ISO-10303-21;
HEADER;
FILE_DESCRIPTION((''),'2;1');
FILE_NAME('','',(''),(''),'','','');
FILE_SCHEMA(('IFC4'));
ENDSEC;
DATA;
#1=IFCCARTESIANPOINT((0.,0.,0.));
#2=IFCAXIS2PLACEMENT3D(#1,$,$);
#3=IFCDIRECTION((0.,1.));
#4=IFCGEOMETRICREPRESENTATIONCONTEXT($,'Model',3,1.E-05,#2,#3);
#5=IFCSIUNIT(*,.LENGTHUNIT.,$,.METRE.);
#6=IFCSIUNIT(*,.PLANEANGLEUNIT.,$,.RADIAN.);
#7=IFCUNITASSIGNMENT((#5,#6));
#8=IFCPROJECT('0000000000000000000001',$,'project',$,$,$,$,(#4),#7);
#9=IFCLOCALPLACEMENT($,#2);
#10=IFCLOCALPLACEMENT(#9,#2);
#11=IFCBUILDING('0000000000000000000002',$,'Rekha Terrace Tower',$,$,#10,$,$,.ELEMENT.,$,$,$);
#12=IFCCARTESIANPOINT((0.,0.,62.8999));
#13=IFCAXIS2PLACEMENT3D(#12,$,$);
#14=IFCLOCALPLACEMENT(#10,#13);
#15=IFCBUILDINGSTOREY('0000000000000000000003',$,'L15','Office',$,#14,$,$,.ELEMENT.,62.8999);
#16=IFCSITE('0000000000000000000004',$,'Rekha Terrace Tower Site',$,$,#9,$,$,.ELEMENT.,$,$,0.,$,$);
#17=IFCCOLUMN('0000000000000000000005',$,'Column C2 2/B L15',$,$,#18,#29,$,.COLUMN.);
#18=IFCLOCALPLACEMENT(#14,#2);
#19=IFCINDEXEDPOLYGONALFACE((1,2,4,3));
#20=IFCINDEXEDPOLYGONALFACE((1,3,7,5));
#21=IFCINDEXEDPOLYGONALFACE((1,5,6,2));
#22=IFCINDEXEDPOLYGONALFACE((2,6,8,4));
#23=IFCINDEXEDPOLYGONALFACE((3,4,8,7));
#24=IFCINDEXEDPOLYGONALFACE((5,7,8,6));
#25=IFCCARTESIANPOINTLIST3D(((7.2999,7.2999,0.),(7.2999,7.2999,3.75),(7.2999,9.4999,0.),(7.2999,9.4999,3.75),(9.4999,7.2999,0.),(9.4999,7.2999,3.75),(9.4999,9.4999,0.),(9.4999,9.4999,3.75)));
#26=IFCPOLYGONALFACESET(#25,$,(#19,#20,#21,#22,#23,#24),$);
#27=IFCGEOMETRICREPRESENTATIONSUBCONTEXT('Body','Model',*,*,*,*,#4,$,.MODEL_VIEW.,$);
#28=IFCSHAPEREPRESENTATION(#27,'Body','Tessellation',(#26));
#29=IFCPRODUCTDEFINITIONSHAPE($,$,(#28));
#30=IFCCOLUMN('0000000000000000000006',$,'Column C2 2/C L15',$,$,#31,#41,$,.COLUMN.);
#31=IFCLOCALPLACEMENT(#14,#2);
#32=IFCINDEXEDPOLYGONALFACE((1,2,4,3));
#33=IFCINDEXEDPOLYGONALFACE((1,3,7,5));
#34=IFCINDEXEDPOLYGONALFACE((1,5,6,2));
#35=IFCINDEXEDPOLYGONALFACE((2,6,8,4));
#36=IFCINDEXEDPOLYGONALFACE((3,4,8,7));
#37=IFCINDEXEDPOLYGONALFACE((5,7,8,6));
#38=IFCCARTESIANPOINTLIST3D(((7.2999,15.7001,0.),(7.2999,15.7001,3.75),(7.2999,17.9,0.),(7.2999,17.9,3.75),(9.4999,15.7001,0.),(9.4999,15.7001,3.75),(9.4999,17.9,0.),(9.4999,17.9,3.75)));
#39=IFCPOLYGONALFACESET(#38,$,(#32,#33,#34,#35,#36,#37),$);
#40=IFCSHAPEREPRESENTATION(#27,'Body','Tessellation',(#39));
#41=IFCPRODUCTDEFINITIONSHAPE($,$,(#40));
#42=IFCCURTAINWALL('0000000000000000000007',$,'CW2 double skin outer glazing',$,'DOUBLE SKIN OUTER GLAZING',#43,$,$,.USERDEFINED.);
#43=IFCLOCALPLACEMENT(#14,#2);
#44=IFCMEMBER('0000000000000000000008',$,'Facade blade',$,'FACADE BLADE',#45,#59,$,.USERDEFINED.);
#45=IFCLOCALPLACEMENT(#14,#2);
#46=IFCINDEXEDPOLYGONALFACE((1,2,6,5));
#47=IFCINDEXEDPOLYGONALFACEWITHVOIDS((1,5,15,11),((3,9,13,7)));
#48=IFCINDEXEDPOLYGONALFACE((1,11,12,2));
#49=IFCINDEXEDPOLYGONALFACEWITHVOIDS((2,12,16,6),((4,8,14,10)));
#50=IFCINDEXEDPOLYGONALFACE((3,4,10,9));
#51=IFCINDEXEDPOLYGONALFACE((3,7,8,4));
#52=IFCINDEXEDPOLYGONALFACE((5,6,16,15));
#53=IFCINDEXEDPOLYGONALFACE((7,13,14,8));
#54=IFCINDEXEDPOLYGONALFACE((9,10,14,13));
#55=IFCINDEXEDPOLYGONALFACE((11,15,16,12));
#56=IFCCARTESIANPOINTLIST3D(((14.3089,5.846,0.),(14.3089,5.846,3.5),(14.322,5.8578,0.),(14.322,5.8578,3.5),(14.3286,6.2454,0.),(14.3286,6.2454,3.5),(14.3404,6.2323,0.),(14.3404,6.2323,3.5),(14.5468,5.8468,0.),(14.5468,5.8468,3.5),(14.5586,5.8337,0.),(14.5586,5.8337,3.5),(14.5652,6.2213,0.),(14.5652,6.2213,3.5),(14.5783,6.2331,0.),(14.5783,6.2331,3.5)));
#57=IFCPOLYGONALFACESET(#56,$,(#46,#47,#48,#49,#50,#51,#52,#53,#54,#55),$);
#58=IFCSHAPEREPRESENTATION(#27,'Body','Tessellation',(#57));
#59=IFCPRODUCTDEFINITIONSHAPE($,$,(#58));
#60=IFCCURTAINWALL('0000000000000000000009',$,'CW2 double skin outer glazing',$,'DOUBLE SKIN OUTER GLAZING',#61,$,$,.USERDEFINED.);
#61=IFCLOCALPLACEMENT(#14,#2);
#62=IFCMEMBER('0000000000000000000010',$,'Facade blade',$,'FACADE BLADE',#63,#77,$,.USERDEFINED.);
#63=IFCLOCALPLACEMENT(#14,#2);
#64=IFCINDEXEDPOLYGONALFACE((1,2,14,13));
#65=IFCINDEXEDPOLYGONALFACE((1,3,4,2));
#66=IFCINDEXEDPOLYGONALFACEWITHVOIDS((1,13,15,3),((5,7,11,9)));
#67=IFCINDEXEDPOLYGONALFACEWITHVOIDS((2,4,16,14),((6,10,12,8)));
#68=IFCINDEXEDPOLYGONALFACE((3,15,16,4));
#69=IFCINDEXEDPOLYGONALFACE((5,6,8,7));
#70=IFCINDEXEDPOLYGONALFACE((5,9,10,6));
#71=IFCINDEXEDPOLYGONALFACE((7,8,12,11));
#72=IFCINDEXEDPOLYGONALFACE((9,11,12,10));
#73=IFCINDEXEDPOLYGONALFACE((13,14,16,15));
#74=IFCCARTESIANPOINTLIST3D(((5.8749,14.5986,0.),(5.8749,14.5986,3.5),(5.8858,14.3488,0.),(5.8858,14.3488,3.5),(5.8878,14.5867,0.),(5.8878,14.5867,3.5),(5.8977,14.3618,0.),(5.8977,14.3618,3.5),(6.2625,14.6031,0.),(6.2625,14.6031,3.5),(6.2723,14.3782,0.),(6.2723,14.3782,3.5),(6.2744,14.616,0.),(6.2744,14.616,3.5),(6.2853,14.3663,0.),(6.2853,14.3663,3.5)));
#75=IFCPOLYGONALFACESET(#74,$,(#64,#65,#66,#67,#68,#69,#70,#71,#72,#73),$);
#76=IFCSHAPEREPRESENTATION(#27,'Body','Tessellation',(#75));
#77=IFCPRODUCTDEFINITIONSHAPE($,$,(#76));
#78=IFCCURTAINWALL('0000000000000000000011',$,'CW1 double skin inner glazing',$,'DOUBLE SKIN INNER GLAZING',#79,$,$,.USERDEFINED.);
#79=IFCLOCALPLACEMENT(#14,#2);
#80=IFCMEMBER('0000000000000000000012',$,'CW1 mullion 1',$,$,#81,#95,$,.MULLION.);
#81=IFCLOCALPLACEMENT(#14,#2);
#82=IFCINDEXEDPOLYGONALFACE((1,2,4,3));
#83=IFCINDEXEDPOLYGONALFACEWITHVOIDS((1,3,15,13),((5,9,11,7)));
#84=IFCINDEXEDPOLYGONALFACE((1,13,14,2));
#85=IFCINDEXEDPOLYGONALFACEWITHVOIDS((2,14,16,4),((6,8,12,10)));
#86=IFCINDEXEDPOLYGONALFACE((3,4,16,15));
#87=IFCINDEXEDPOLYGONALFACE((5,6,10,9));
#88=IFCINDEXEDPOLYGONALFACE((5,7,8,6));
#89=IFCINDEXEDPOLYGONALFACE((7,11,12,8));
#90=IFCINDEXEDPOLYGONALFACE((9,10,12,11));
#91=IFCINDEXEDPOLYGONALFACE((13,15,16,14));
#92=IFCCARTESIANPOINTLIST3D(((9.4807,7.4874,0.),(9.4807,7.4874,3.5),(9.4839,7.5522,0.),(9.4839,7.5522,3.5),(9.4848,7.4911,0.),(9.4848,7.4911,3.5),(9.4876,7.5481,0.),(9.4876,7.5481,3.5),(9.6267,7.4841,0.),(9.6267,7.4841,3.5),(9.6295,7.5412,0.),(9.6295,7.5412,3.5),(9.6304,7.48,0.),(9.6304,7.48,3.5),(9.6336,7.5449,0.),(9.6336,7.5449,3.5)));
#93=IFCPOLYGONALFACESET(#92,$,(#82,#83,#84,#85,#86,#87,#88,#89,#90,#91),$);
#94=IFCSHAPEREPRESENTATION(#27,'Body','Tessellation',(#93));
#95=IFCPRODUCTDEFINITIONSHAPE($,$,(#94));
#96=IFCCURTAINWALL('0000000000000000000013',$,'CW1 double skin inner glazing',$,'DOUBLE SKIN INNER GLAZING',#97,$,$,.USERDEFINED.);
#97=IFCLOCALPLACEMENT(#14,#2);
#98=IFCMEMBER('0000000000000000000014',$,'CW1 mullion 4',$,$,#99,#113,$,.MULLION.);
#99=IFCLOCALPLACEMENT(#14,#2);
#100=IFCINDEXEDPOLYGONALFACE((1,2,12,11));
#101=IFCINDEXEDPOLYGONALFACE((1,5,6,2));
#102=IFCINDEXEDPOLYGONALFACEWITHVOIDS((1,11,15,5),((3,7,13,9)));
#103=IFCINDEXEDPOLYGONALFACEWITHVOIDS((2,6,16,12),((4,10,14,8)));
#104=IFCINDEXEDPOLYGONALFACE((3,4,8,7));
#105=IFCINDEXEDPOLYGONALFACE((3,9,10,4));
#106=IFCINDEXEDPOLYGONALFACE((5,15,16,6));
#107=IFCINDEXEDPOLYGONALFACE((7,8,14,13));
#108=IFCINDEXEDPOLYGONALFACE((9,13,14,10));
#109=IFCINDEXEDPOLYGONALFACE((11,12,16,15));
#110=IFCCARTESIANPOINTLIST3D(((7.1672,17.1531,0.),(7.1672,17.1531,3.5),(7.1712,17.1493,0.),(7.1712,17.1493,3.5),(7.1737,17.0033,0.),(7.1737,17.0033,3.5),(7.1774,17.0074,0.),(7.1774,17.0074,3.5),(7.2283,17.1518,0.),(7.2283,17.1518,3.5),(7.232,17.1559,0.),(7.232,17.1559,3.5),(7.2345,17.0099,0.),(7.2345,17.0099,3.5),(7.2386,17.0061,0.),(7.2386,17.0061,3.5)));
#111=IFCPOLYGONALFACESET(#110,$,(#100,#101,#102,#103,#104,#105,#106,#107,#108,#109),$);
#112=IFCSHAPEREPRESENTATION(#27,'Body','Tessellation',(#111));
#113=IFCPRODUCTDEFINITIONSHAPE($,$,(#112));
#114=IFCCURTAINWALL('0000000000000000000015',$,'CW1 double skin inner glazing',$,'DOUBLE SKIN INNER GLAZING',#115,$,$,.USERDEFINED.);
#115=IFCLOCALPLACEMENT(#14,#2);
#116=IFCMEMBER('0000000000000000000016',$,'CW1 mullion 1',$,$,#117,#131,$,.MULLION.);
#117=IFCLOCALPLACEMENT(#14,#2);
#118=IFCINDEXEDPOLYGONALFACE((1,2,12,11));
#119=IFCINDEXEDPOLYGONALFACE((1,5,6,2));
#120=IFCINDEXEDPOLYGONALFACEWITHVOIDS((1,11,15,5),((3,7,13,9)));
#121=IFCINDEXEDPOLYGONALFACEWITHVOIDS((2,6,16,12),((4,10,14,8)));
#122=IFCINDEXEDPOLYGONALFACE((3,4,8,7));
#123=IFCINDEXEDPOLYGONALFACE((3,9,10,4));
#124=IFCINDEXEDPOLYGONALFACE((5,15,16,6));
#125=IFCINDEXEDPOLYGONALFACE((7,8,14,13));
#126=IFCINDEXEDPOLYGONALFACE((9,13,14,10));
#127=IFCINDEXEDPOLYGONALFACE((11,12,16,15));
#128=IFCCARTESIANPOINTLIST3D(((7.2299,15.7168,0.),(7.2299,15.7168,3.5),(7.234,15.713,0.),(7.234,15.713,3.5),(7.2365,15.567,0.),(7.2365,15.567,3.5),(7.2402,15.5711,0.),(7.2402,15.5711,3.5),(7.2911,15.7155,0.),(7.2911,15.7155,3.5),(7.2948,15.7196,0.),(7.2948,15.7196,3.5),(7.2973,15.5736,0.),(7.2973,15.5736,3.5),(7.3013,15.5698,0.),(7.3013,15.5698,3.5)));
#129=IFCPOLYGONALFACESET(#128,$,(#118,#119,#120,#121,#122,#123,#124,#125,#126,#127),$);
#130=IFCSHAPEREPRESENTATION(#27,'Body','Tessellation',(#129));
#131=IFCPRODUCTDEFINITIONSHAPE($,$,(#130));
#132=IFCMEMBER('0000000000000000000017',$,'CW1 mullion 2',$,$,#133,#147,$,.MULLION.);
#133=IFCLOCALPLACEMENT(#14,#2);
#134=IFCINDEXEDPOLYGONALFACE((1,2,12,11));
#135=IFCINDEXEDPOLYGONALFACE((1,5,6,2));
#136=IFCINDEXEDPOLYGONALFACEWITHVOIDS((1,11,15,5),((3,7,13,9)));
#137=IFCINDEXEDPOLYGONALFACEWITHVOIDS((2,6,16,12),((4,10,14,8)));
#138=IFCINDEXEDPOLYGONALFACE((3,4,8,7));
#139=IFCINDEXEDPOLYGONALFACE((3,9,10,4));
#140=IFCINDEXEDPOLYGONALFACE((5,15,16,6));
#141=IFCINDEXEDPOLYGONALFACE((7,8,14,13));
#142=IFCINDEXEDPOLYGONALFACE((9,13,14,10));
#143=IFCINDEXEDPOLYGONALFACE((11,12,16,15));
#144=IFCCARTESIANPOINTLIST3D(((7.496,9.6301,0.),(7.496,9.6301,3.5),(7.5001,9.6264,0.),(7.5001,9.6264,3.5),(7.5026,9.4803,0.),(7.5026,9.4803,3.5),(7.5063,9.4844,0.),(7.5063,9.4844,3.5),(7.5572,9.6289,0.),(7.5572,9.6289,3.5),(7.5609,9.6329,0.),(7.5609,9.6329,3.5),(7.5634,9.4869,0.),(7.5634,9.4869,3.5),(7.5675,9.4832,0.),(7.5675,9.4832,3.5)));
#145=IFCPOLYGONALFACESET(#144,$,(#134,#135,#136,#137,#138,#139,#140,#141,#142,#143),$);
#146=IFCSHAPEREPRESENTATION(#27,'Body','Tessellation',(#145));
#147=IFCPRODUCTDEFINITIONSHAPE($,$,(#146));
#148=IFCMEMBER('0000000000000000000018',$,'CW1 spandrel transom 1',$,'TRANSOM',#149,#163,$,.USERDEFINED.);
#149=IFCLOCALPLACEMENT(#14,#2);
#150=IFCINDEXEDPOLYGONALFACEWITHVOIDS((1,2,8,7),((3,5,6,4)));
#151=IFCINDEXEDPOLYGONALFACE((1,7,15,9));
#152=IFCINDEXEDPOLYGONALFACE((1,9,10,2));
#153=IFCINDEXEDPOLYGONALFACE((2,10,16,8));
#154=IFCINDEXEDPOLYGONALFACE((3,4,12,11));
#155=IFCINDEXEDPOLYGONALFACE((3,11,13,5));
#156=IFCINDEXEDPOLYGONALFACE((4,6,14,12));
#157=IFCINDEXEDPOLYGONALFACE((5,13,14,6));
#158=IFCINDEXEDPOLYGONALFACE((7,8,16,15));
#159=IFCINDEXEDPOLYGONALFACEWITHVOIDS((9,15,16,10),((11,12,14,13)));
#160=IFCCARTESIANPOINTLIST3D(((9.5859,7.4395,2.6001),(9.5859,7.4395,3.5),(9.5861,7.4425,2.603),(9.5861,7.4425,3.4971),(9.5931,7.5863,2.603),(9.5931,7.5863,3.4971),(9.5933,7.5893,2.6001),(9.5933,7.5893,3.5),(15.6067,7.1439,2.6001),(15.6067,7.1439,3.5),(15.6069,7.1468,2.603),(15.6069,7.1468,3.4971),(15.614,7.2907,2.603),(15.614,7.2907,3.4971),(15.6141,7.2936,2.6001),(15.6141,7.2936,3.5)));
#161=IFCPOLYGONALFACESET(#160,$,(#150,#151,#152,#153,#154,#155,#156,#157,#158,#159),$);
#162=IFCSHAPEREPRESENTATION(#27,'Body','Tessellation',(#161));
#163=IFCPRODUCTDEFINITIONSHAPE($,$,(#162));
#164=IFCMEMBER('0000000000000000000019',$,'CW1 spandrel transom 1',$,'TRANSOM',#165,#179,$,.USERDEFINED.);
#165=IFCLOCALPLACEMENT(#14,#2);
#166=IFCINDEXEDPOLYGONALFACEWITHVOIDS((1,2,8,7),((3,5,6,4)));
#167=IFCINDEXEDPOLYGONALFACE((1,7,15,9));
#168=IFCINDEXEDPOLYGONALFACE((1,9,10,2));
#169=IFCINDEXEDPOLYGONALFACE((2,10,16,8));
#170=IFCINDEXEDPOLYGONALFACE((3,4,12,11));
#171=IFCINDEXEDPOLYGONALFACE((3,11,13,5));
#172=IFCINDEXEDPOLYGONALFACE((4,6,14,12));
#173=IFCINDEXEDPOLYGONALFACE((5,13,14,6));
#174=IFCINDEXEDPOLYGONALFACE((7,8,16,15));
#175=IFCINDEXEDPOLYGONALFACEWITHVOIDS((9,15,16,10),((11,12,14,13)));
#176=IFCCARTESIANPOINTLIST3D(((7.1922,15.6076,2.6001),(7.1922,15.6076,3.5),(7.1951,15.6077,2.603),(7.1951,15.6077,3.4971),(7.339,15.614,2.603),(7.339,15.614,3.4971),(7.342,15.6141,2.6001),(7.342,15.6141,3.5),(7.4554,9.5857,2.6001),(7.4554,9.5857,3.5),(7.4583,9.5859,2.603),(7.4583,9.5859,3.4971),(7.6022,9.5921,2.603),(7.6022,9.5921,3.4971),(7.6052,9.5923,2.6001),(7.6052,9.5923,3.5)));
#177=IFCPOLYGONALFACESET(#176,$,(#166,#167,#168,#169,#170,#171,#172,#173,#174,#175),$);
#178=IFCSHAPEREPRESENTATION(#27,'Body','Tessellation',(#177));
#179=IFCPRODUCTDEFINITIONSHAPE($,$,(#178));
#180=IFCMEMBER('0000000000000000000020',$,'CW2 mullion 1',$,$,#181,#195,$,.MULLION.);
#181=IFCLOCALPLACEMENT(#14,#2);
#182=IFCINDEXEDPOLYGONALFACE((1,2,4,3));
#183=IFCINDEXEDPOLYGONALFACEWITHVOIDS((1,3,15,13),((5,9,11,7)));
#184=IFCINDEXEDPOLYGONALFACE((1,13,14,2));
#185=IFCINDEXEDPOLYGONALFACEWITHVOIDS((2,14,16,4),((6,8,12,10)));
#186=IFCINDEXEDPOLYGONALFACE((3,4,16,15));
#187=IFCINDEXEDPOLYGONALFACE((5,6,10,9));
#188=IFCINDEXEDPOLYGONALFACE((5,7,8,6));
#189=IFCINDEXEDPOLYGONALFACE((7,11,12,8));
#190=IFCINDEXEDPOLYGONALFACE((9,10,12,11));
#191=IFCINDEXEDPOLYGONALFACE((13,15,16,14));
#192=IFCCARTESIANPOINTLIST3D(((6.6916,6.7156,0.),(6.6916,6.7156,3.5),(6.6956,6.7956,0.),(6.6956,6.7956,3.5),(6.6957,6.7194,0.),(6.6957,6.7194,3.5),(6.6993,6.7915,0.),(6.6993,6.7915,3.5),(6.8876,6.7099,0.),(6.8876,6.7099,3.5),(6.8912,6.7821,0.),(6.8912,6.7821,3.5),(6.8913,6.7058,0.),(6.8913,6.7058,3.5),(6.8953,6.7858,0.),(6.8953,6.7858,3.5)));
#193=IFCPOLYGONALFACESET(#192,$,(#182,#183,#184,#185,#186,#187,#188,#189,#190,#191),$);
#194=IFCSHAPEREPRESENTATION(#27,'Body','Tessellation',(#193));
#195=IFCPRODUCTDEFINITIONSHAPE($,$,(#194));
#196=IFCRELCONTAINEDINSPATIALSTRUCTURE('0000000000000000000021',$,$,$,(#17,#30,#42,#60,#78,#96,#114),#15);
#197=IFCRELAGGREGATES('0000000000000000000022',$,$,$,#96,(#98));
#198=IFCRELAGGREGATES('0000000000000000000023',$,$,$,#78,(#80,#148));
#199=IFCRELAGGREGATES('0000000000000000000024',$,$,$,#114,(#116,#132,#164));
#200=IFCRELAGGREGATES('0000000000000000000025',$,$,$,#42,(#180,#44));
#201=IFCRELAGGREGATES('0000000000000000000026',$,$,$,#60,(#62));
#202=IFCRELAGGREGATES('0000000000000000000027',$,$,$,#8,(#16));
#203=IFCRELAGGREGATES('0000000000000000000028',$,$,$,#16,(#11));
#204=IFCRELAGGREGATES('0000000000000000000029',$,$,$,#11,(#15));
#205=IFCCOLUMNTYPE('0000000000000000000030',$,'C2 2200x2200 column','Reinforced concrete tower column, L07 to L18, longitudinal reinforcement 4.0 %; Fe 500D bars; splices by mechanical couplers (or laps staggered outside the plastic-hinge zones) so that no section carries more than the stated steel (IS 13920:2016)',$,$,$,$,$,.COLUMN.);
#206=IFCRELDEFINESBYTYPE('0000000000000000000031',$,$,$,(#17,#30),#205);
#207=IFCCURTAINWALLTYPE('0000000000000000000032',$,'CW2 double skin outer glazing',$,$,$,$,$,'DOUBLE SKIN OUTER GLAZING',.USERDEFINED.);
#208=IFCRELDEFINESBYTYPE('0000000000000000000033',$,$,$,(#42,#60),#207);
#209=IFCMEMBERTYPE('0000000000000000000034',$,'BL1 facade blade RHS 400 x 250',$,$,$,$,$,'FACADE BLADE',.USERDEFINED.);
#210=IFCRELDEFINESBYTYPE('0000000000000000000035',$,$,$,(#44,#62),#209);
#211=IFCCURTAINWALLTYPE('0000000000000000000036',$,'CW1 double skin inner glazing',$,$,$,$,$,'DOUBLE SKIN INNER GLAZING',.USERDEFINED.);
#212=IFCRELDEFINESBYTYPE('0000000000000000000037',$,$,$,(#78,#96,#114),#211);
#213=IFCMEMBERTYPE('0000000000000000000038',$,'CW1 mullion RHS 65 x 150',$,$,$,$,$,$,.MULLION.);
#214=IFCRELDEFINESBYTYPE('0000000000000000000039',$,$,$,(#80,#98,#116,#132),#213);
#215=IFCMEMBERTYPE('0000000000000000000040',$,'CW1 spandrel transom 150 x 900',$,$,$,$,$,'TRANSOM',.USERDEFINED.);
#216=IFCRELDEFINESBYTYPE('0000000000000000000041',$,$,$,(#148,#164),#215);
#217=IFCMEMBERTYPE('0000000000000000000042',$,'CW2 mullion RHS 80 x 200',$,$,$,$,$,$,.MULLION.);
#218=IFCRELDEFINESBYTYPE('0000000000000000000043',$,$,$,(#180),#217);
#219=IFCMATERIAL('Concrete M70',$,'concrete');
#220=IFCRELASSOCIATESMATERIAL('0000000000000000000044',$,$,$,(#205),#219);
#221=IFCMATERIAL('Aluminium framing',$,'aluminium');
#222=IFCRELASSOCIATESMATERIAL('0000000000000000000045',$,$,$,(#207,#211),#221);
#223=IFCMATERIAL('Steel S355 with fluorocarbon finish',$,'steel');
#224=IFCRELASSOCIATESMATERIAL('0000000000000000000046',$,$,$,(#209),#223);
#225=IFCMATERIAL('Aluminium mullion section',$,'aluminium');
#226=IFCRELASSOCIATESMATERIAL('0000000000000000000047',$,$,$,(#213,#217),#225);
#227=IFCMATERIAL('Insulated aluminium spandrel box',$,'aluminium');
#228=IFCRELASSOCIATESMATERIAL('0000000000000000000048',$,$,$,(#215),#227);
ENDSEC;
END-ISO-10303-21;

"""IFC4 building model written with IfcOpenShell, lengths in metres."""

from ifc_helpers import new_model, si_unit, direction, frame, origin, origin_2d, place, context, subcontext, project, spatial, rectangle, hollow_rectangle, extrude, material, material_profile, profile_set, type_object, element, aggregate, save


model = new_model("IFC4")

# Units and contexts
model_context = context("Model", 3, precision=1e-05, world=origin(), true_north=direction((0.0, 1.0)))
body_context = subcontext(model_context, "Body", "Model", "MODEL_VIEW")
ifc_project = project(units=[si_unit("LENGTHUNIT", "METRE"), si_unit("PLANEANGLEUNIT", "RADIAN")], contexts=[model_context])

# Site, building, storey
site_placement = place(None, origin())
site = spatial("IfcSite", under=ifc_project, at=site_placement, Name="Rekha Terrace Tower Site", CompositionType="ELEMENT", RefElevation=0.0)
building_placement = place(site_placement, origin())
building = spatial("IfcBuilding", under=site, at=building_placement, Name="Rekha Terrace Tower", CompositionType="ELEMENT")
storey_placement = place(building_placement, frame((0.0, 0.0, 62.8999)))
storey = spatial("IfcBuildingStorey", under=building, at=storey_placement, Name="L15", Description="Office", CompositionType="ELEMENT", Elevation=62.8999)

# Columns
ifc_material_1 = material(Name="Concrete M70", Category="concrete")
ifc_material_profile_1 = material_profile(ifc_material_1, rectangle(XDim=2.2, YDim=2.2, at=origin_2d()), Name="RC 2200x2200")
ifc_profile_set_1 = profile_set([ifc_material_profile_1], Name="Concrete M70")
column_type = type_object("IfcColumnType", Name="C2 2200x2200 column", Description="Reinforced concrete tower column, L07 to L18, longitudinal reinforcement 4.0 %; Fe 500D bars; splices by mechanical couplers (or laps staggered outside the plastic-hinge zones) so that no section carries more than the stated steel (IS 13920:2016)", PredefinedType="COLUMN", material=ifc_profile_set_1)
for number, where, z_axis, x_axis, name in (
    (1, (8.3999, 8.3999, 0.0), (0.0, 0.0, 1.0), (1.0, 0.0, 0.0), "Column C2 2/B L15"),
    (2, (8.3999, 16.8, 0.0), (0.0, 0.0, 1.0), (1.0, 0.0, 0.0), "Column C2 2/C L15"),
):
    element("IfcColumn", number, at=place(storey_placement, frame(where, z_axis=z_axis, x_axis=x_axis)), inside=storey, type_object=column_type, Name=name, PredefinedType="COLUMN", context=body_context, shape_type="SweptSolid", body=[
        extrude(rectangle(XDim=2.2, YDim=2.2, at=origin_2d()), origin(), (0.0, 0.0, 1.0), 3.75),
    ])

# Curtain walls, members
ifc_material_2 = material(Name="Aluminium framing", Category="aluminium")
curtain_wall_type_1 = type_object("IfcCurtainWallType", Name="CW2 double skin outer glazing", ElementType="DOUBLE SKIN OUTER GLAZING", PredefinedType="USERDEFINED", material=ifc_material_2)
curtain_wall_1_placement = place(storey_placement, origin())
curtain_wall_1 = element("IfcCurtainWall", 3, at=curtain_wall_1_placement, inside=storey, type_object=curtain_wall_type_1, Name="CW2 double skin outer glazing", ObjectType="DOUBLE SKIN OUTER GLAZING", PredefinedType="USERDEFINED")
ifc_material_3 = material(Name="Steel S355 with fluorocarbon finish", Category="steel")
ifc_material_profile_2 = material_profile(ifc_material_3, hollow_rectangle(XDim=0.25, YDim=0.3999, WallThickness=0.0125, at=origin_2d()), Name="RHS400x250x12.5")
ifc_profile_set_2 = profile_set([ifc_material_profile_2], Name="Steel S355 with fluorocarbon finish")
member_type_1 = type_object("IfcMemberType", Name="BL1 facade blade RHS 400 x 250", ElementType="FACADE BLADE", PredefinedType="USERDEFINED", material=ifc_profile_set_2)
member_1_placement = place(storey_placement, frame((14.4436, 6.0396, 0.0), z_axis=(0.0, 0.0, 1.0), x_axis=(0.998796, -0.049052, 0.0)))
member_1 = element("IfcMember", 4, at=member_1_placement, type_object=member_type_1, Name="Facade blade", ObjectType="FACADE BLADE", PredefinedType="USERDEFINED", context=body_context, shape_type="SweptSolid", body=[
    extrude(hollow_rectangle(XDim=0.25, YDim=0.3999, WallThickness=0.0125, at=origin_2d()), origin(), (0.0, 0.0, 1.0), 3.5),
])
curtain_wall_2_placement = place(storey_placement, origin())
curtain_wall_2 = element("IfcCurtainWall", 5, at=curtain_wall_2_placement, inside=storey, type_object=curtain_wall_type_1, Name="CW2 double skin outer glazing", ObjectType="DOUBLE SKIN OUTER GLAZING", PredefinedType="USERDEFINED")
member_2_placement = place(storey_placement, frame((6.0801, 14.4824, 0.0), z_axis=(0.0, 0.0, 1.0), x_axis=(0.043682, -0.999045, 0.0)))
member_2 = element("IfcMember", 6, at=member_2_placement, type_object=member_type_1, Name="Facade blade", ObjectType="FACADE BLADE", PredefinedType="USERDEFINED", context=body_context, shape_type="SweptSolid", body=[
    extrude(hollow_rectangle(XDim=0.25, YDim=0.3999, WallThickness=0.0125, at=origin_2d()), origin(), (0.0, 0.0, 1.0), 3.5),
])
curtain_wall_type_2 = type_object("IfcCurtainWallType", Name="CW1 double skin inner glazing", ElementType="DOUBLE SKIN INNER GLAZING", PredefinedType="USERDEFINED", material=ifc_material_2)
curtain_wall_3_placement = place(storey_placement, origin())
curtain_wall_3 = element("IfcCurtainWall", 7, at=curtain_wall_3_placement, inside=storey, type_object=curtain_wall_type_2, Name="CW1 double skin inner glazing", ObjectType="DOUBLE SKIN INNER GLAZING", PredefinedType="USERDEFINED")
ifc_material_4 = material(Name="Aluminium mullion section", Category="aluminium")
ifc_material_profile_3 = material_profile(ifc_material_4, hollow_rectangle(XDim=0.0649, YDim=0.1499, WallThickness=0.0039, at=origin_2d()), Name="AL RHS 65x150")
ifc_profile_set_3 = profile_set([ifc_material_profile_3], Name="Aluminium mullion section")
member_type_2 = type_object("IfcMemberType", Name="CW1 mullion RHS 65 x 150", PredefinedType="MULLION", material=ifc_profile_set_3)
member_3_placement = place(storey_placement, frame((9.5571, 7.5161, 0.0), z_axis=(0.0, 0.0, 1.0), x_axis=(0.049052, 0.998796, 0.0)))
member_3 = element("IfcMember", 8, at=member_3_placement, type_object=member_type_2, Name="CW1 mullion 1", PredefinedType="MULLION", context=body_context, shape_type="SweptSolid", body=[
    extrude(hollow_rectangle(XDim=0.0649, YDim=0.1499, WallThickness=0.0039, at=origin_2d()), origin(), (0.0, 0.0, 1.0), 3.5),
])
curtain_wall_4_placement = place(storey_placement, origin())
curtain_wall_4 = element("IfcCurtainWall", 9, at=curtain_wall_4_placement, inside=storey, type_object=curtain_wall_type_2, Name="CW1 double skin inner glazing", ObjectType="DOUBLE SKIN INNER GLAZING", PredefinedType="USERDEFINED")
member_4_placement = place(storey_placement, frame((7.2029, 17.0796, 0.0), z_axis=(0.0, 0.0, 1.0), x_axis=(0.999045, 0.043683, 0.0)))
member_4 = element("IfcMember", 10, at=member_4_placement, type_object=member_type_2, Name="CW1 mullion 4", PredefinedType="MULLION", context=body_context, shape_type="SweptSolid", body=[
    extrude(hollow_rectangle(XDim=0.0649, YDim=0.1499, WallThickness=0.0039, at=origin_2d()), origin(), (0.0, 0.0, 1.0), 3.5),
])
aggregate(curtain_wall_4, [member_4])

# Curtain wall, members
curtain_wall_5_placement = place(storey_placement, origin())
curtain_wall_5 = element("IfcCurtainWall", 11, at=curtain_wall_5_placement, inside=storey, type_object=curtain_wall_type_2, Name="CW1 double skin inner glazing", ObjectType="DOUBLE SKIN INNER GLAZING", PredefinedType="USERDEFINED")
member_5_placement = place(storey_placement, frame((7.2656, 15.6433, 0.0), z_axis=(0.0, 0.0, 1.0), x_axis=(0.999045, 0.043683, 0.0)))
member_5 = element("IfcMember", 12, at=member_5_placement, type_object=member_type_2, Name="CW1 mullion 1", PredefinedType="MULLION", context=body_context, shape_type="SweptSolid", body=[
    extrude(hollow_rectangle(XDim=0.0649, YDim=0.1499, WallThickness=0.0039, at=origin_2d()), origin(), (0.0, 0.0, 1.0), 3.5),
])
member_6_placement = place(storey_placement, frame((7.5317, 9.5566, 0.0), z_axis=(0.0, 0.0, 1.0), x_axis=(0.999045, 0.043683, 0.0)))
member_6 = element("IfcMember", 13, at=member_6_placement, type_object=member_type_2, Name="CW1 mullion 2", PredefinedType="MULLION", context=body_context, shape_type="SweptSolid", body=[
    extrude(hollow_rectangle(XDim=0.0649, YDim=0.1499, WallThickness=0.0039, at=origin_2d()), origin(), (0.0, 0.0, 1.0), 3.5),
])

# Members
ifc_material_5 = material(Name="Insulated aluminium spandrel box", Category="aluminium")
ifc_material_profile_4 = material_profile(ifc_material_5, hollow_rectangle(XDim=0.1499, YDim=0.8999, WallThickness=0.0029, at=origin_2d()), Name="AL SPANDREL BOX 150x900")
ifc_profile_set_4 = profile_set([ifc_material_profile_4], Name="Insulated aluminium spandrel box")
member_type_3 = type_object("IfcMemberType", Name="CW1 spandrel transom 150 x 900", ElementType="TRANSOM", PredefinedType="USERDEFINED", material=ifc_profile_set_4)
member_7_placement = place(storey_placement, frame((9.5896, 7.5144, 3.05), z_axis=(0.998796, -0.049047, 0.0), x_axis=(0.049047, 0.998796, 0.0)))
member_7 = element("IfcMember", 14, at=member_7_placement, type_object=member_type_3, Name="CW1 spandrel transom 1", ObjectType="TRANSOM", PredefinedType="USERDEFINED", context=body_context, shape_type="SweptSolid", body=[
    extrude(hollow_rectangle(XDim=0.1499, YDim=0.8999, WallThickness=0.0029, at=origin_2d()), origin(), (0.0, 0.0, 1.0), 6.0281),
])
member_8_placement = place(storey_placement, frame((7.2671, 15.6108, 3.05), z_axis=(0.043664, -0.999046, 0.0), x_axis=(0.999046, 0.043664, 0.0)))
member_8 = element("IfcMember", 15, at=member_8_placement, type_object=member_type_3, Name="CW1 spandrel transom 1", ObjectType="TRANSOM", PredefinedType="USERDEFINED", context=body_context, shape_type="SweptSolid", body=[
    extrude(hollow_rectangle(XDim=0.1499, YDim=0.8999, WallThickness=0.0029, at=origin_2d()), origin(), (0.0, 0.0, 1.0), 6.0276),
])
ifc_material_profile_5 = material_profile(ifc_material_4, hollow_rectangle(XDim=0.0801, YDim=0.2, WallThickness=0.0039, at=origin_2d()), Name="AL RHS 80x200")
ifc_profile_set_5 = profile_set([ifc_material_profile_5], Name="Aluminium mullion section")
member_type_4 = type_object("IfcMemberType", Name="CW2 mullion RHS 80 x 200", PredefinedType="MULLION", material=ifc_profile_set_5)
member_9_placement = place(storey_placement, frame((6.7935, 6.7507, 0.0), z_axis=(0.0, 0.0, 1.0), x_axis=(0.049052, 0.998796, 0.0)))
member_9 = element("IfcMember", 16, at=member_9_placement, type_object=member_type_4, Name="CW2 mullion 1", PredefinedType="MULLION", context=body_context, shape_type="SweptSolid", body=[
    extrude(hollow_rectangle(XDim=0.0801, YDim=0.2, WallThickness=0.0039, at=origin_2d()), origin(), (0.0, 0.0, 1.0), 3.5),
])

aggregate(curtain_wall_3, [member_3, member_7])
aggregate(curtain_wall_5, [member_5, member_6, member_8])
aggregate(curtain_wall_1, [member_9, member_1])
aggregate(curtain_wall_2, [member_2])

save(model, "model.ifc")
